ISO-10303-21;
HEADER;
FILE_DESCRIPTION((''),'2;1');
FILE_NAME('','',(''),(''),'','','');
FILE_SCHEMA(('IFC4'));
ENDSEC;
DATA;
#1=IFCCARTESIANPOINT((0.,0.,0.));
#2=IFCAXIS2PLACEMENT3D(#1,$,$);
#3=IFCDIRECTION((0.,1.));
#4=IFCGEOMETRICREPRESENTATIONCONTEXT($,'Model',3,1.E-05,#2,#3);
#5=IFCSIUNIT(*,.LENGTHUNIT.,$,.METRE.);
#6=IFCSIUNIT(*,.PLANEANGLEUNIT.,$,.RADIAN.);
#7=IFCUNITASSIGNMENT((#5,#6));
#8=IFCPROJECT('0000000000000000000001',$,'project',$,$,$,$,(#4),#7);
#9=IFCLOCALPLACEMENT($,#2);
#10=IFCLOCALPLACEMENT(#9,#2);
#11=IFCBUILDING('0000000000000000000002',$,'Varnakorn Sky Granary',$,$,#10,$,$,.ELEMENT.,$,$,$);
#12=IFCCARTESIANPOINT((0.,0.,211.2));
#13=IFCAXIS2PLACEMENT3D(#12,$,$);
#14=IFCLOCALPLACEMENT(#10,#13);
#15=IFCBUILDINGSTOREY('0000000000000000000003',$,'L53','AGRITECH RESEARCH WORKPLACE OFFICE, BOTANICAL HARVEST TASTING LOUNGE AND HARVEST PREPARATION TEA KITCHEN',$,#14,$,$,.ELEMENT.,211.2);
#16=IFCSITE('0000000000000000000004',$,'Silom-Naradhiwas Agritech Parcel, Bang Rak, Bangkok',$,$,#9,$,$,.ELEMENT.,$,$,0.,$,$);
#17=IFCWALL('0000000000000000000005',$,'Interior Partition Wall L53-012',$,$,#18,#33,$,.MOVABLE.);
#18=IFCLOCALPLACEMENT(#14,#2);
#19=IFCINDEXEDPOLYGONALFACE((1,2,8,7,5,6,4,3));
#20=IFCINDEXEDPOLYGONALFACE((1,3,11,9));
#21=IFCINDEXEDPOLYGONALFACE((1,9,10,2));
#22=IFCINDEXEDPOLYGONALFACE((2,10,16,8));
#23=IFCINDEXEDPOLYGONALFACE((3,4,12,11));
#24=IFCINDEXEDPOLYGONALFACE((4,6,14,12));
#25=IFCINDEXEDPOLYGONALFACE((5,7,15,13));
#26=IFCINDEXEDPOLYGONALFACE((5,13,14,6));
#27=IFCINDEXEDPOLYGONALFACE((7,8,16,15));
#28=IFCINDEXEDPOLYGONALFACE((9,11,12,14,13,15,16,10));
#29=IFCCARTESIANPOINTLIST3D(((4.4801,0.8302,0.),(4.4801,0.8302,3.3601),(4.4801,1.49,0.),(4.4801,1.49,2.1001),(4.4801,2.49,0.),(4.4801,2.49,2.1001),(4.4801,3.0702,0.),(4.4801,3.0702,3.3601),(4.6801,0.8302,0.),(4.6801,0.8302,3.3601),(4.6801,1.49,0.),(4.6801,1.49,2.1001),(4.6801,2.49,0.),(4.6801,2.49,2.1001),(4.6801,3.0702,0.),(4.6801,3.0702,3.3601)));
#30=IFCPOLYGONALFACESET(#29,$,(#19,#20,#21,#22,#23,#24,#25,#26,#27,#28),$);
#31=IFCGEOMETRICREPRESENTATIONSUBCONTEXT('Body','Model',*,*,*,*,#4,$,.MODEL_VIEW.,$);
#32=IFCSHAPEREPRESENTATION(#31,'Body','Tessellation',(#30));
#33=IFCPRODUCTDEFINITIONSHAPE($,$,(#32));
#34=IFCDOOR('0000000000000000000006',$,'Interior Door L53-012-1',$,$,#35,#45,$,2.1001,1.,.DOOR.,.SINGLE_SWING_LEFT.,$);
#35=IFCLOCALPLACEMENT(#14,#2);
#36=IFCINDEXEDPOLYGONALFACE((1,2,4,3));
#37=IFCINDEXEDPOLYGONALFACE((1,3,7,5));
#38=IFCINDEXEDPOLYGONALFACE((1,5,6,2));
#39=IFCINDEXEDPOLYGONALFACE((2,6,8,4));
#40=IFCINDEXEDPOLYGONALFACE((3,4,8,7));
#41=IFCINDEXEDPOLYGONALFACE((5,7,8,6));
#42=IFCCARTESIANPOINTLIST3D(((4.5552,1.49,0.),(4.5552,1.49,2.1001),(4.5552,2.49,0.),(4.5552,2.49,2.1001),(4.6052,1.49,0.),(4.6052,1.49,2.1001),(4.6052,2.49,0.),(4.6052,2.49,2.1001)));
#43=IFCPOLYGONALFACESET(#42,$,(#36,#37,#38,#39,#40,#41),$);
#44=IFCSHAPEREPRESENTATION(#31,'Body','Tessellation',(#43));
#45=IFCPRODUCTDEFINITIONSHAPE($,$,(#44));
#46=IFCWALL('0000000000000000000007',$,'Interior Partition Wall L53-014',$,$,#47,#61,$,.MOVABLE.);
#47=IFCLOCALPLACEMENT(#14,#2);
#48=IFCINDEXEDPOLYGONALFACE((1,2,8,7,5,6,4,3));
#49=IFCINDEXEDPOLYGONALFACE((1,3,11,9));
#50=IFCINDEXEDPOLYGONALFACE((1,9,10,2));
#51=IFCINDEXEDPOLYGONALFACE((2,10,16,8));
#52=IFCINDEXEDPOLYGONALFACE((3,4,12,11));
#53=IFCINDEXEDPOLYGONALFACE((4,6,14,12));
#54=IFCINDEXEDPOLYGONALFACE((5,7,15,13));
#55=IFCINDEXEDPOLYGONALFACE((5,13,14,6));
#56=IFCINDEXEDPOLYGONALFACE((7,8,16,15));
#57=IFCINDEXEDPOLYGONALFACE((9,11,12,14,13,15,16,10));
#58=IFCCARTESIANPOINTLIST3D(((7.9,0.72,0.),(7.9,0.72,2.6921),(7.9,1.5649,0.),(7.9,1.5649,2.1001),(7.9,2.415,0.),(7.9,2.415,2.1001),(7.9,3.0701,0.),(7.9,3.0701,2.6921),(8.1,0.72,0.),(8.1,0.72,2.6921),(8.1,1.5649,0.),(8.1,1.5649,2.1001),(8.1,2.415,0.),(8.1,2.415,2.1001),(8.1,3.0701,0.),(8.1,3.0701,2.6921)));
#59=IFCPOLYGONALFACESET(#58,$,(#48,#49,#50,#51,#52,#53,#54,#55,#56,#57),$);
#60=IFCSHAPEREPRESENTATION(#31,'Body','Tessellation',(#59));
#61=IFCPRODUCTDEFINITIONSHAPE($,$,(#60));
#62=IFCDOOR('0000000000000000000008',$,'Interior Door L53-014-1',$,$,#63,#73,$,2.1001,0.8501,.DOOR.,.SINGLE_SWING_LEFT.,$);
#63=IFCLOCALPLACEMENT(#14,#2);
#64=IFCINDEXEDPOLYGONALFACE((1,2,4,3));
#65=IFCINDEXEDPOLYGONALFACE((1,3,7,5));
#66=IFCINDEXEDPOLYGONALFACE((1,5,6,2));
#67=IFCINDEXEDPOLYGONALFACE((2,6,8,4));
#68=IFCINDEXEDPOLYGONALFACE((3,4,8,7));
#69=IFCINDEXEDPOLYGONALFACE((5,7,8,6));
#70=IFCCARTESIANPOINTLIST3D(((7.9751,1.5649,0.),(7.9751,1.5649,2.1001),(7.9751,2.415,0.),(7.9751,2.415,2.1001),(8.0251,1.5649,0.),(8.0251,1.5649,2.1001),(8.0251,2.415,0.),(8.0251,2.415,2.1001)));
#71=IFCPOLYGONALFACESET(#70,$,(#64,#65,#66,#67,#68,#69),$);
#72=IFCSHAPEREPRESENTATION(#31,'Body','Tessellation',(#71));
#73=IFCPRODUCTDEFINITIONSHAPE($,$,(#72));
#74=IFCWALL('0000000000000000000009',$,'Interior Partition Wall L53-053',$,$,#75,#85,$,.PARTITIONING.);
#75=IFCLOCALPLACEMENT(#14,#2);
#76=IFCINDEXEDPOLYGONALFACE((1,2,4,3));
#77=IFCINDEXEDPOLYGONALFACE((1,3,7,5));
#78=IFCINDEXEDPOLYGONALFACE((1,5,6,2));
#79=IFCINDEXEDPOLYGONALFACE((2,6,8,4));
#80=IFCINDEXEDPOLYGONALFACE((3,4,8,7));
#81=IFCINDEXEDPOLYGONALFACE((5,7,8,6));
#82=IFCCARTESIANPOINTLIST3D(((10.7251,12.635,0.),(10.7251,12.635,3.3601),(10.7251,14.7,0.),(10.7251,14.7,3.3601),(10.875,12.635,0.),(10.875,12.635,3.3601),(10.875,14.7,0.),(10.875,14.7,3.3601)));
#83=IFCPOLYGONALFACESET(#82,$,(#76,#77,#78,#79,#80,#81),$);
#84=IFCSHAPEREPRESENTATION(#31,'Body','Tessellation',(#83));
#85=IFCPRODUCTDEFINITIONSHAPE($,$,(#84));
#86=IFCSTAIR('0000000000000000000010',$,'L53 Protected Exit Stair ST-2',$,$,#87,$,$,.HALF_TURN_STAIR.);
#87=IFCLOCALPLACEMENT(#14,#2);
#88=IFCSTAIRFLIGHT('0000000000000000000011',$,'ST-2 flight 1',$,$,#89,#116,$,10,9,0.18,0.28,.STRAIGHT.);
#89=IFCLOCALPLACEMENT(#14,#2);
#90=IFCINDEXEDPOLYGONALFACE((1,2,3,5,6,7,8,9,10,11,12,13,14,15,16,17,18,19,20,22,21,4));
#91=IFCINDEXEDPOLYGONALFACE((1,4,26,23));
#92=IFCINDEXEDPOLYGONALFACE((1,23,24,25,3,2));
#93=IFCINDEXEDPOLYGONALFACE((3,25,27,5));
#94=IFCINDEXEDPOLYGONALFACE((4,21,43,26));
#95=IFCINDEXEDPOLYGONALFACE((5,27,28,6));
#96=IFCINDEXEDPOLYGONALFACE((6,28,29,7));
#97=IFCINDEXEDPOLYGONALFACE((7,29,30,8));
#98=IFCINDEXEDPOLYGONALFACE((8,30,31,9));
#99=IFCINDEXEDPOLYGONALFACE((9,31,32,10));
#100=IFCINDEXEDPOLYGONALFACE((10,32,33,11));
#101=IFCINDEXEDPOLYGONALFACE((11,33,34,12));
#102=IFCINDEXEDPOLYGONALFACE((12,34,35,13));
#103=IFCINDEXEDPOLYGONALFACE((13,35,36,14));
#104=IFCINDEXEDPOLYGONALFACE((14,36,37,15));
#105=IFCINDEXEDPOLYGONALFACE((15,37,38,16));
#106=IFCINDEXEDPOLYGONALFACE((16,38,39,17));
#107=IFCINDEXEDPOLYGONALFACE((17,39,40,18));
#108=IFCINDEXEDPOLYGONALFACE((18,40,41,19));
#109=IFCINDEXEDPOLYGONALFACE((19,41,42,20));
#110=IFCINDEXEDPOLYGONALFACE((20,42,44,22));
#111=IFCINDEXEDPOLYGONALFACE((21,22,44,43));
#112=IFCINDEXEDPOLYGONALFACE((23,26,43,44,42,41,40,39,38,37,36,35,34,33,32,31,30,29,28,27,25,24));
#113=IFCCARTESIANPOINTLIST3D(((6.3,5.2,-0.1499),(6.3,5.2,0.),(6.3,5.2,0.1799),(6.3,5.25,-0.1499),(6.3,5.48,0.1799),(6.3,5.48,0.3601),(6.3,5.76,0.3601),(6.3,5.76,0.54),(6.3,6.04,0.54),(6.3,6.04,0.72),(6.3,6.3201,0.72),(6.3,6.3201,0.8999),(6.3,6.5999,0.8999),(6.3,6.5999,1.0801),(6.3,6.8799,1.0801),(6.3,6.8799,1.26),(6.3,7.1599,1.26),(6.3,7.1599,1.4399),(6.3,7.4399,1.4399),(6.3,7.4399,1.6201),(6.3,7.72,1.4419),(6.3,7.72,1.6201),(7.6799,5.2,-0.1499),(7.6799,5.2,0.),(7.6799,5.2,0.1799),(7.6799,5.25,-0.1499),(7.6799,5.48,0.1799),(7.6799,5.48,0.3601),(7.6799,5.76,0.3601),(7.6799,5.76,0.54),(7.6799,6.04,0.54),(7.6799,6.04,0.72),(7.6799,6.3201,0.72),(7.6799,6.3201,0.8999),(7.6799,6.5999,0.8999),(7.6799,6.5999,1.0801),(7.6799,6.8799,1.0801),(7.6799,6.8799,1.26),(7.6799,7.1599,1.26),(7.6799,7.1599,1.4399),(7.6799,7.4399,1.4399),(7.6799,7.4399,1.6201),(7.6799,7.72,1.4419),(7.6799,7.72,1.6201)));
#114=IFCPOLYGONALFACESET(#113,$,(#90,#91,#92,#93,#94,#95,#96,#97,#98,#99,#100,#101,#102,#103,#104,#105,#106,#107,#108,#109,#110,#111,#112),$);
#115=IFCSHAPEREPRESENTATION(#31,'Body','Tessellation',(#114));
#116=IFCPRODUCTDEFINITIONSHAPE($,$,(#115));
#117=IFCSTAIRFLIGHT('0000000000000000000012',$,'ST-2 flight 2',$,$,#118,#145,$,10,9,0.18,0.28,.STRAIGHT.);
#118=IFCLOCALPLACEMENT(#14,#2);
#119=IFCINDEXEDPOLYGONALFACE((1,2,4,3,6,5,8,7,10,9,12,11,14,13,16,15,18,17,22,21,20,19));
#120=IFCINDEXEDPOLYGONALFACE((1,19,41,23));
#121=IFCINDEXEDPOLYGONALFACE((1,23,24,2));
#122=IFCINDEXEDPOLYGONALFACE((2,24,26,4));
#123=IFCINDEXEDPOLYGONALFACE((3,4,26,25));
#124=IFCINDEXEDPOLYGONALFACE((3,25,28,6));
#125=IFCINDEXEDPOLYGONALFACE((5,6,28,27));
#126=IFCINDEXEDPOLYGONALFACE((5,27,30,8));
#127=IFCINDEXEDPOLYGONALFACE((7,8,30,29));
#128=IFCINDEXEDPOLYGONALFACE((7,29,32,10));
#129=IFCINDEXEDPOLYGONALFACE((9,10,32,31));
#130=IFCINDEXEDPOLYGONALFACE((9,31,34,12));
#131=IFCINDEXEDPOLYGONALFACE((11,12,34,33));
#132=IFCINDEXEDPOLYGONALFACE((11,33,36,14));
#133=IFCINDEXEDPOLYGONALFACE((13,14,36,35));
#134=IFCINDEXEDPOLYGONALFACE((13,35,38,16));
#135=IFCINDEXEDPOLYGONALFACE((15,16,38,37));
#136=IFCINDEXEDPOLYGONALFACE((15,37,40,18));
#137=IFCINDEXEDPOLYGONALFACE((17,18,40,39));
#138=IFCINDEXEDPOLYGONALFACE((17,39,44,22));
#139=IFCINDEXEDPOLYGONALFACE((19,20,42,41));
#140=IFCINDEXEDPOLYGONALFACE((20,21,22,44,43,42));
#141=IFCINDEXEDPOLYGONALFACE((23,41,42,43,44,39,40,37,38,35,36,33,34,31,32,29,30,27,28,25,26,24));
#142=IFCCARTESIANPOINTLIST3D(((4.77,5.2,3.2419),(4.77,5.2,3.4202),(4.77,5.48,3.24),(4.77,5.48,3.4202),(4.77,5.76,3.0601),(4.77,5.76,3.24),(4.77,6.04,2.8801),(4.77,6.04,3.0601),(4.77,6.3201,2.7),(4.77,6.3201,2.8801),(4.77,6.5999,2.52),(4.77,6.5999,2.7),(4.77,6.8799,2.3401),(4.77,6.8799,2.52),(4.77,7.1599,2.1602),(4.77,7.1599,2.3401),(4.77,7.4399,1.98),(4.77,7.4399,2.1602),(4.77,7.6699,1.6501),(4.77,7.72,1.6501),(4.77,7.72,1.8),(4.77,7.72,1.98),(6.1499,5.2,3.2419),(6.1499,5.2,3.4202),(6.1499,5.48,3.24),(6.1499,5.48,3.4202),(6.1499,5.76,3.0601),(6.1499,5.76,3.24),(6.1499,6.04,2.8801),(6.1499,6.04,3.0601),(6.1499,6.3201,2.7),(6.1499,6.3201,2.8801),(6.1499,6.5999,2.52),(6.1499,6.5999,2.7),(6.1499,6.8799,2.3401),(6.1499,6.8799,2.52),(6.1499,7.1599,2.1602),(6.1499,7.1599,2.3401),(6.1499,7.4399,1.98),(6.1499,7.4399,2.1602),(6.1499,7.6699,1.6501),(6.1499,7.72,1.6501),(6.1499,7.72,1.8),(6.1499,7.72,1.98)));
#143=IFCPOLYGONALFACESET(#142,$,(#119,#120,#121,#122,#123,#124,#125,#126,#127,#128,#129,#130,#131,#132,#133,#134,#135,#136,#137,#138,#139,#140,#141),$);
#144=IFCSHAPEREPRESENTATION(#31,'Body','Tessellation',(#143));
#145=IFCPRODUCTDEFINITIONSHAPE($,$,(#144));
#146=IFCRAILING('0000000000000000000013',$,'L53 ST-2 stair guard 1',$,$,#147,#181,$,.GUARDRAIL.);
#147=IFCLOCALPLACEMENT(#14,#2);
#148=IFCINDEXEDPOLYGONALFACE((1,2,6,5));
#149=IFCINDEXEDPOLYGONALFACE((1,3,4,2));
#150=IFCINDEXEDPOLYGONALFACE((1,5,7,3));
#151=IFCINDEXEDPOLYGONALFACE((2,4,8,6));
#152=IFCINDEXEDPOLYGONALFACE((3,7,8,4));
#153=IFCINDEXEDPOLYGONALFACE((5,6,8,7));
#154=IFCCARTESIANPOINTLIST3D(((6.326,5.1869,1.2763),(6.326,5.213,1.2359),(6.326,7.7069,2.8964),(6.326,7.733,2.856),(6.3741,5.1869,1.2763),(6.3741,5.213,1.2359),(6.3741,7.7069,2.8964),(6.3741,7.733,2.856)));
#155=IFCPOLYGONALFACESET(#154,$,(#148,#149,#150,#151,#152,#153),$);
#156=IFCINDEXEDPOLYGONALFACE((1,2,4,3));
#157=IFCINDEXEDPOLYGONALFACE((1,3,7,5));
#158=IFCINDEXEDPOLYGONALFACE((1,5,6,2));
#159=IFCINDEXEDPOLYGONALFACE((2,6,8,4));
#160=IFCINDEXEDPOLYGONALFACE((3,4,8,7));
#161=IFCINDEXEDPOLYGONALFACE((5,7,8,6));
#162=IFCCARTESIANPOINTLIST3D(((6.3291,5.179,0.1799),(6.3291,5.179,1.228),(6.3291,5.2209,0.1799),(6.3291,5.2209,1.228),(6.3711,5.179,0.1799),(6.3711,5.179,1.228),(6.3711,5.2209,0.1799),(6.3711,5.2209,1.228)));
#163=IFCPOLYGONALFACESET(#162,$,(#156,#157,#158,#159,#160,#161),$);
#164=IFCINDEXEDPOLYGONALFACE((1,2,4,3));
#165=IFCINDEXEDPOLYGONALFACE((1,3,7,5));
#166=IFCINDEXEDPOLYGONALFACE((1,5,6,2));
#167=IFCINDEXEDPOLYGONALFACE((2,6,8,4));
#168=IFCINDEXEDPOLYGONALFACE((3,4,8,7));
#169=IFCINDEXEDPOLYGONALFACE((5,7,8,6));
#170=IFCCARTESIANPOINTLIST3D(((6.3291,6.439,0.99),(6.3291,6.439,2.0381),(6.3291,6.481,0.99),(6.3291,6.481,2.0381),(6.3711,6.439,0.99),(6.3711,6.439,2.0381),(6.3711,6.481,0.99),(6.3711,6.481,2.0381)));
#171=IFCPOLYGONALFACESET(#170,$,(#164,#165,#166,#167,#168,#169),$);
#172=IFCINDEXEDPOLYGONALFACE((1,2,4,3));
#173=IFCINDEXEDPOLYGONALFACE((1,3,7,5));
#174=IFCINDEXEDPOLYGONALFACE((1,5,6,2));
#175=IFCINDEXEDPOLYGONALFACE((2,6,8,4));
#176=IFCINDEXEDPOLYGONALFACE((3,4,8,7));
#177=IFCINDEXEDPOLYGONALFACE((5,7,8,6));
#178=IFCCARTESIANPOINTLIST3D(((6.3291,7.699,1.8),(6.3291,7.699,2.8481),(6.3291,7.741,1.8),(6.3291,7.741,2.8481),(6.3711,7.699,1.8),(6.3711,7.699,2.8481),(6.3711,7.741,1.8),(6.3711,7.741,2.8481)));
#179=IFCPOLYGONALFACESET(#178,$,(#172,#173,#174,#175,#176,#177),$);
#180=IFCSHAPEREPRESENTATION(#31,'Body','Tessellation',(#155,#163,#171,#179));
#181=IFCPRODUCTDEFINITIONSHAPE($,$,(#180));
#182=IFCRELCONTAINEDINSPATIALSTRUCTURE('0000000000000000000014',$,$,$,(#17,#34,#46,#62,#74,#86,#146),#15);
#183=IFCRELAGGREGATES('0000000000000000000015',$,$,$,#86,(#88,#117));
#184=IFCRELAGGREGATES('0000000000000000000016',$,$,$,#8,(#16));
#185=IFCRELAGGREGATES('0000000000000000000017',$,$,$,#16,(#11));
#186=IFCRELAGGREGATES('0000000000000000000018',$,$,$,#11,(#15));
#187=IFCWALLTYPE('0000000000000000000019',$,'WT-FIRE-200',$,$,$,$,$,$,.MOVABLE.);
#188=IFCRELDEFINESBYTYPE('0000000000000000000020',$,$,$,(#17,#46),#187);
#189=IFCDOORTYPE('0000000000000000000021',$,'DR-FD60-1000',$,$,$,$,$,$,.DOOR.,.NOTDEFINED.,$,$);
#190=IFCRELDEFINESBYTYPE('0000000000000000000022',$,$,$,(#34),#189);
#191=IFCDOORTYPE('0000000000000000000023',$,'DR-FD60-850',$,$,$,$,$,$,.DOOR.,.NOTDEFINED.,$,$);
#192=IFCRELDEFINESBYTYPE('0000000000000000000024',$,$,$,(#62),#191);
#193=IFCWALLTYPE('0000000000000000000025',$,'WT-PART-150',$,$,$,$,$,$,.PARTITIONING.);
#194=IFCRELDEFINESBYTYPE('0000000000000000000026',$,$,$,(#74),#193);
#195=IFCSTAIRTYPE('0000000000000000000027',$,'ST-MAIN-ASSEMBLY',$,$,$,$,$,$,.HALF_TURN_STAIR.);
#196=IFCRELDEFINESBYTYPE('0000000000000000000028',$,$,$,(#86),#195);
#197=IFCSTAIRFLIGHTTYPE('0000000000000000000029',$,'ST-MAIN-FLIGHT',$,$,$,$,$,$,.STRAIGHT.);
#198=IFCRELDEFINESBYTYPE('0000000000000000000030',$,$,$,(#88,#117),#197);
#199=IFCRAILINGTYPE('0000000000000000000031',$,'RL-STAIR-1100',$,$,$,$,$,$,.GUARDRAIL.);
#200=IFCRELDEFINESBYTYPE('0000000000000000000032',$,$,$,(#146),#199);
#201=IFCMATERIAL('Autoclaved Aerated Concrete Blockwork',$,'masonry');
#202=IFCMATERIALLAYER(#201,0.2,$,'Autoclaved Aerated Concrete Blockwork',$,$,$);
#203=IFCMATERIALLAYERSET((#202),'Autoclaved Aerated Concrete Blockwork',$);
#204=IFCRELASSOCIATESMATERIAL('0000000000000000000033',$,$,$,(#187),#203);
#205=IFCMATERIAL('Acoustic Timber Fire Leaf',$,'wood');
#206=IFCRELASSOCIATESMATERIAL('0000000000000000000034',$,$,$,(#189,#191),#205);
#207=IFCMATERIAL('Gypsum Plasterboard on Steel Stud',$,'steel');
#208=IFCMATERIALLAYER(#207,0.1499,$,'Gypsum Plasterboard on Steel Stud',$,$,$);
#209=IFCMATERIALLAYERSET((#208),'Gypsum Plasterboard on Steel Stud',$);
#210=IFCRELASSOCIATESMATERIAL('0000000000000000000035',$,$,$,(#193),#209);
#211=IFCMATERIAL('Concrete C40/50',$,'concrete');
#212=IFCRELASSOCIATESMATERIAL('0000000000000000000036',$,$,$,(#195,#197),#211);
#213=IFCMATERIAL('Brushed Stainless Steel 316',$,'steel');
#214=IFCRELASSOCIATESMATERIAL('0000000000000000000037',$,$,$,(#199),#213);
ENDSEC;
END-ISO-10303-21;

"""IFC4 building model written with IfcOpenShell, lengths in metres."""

from ifc_helpers import new_model, si_unit, direction, frame, frame_2d, origin, origin_2d, place, context, subcontext, project, spatial, polyline, rectangle, outline, extrude, material, layer, layer_set, type_object, element, fill, aggregate, save


model = new_model("IFC4")

# Units and contexts
model_context = context("Model", 3, precision=1e-05, world=origin(), true_north=direction((0.0, 1.0)))
body_context = subcontext(model_context, "Body", "Model", "MODEL_VIEW")
ifc_project = project(units=[si_unit("LENGTHUNIT", "METRE"), si_unit("PLANEANGLEUNIT", "RADIAN")], contexts=[model_context])

# Site, building, storey
site_placement = place(None, origin())
site = spatial("IfcSite", under=ifc_project, at=site_placement, Name="Silom-Naradhiwas Agritech Parcel, Bang Rak, Bangkok", CompositionType="ELEMENT", RefElevation=0.0)
building_placement = place(site_placement, origin())
building = spatial("IfcBuilding", under=site, at=building_placement, Name="Varnakorn Sky Granary", CompositionType="ELEMENT")
storey_placement = place(building_placement, frame((0.0, 0.0, 211.2)))
storey = spatial("IfcBuildingStorey", under=building, at=storey_placement, Name="L53", Description="AGRITECH RESEARCH WORKPLACE OFFICE, BOTANICAL HARVEST TASTING LOUNGE AND HARVEST PREPARATION TEA KITCHEN", CompositionType="ELEMENT", Elevation=211.2)

# Walls, openings, doors
ifc_material_1 = material(Name="Autoclaved Aerated Concrete Blockwork", Category="masonry")
ifc_layer_1 = layer(ifc_material_1, 0.2, Name="Autoclaved Aerated Concrete Blockwork")
ifc_layer_set_1 = layer_set([ifc_layer_1], Name="Autoclaved Aerated Concrete Blockwork")
wall_type_1 = type_object("IfcWallType", Name="WT-FIRE-200", PredefinedType="MOVABLE", material=ifc_layer_set_1)
wall_1_placement = place(storey_placement, frame((4.5801, 0.8301, 0.0), z_axis=(0.0, 0.0, 1.0), x_axis=(0.0, 1.0, 0.0)))
wall_1 = element("IfcWall", 1, at=wall_1_placement, inside=storey, type_object=wall_type_1, Name="Interior Partition Wall L53-012", PredefinedType="MOVABLE", context=body_context, shape_type="SweptSolid", body=[
    extrude(rectangle(XDim=2.24, YDim=0.2, at=frame_2d((1.1201, 0.0))), origin(), (0.0, 0.0, 1.0), 3.3601),
])
opening_1_placement = place(wall_1_placement, frame((0.6599, 0.0, 0.0)))
opening_1 = element("IfcOpeningElement", 2, at=opening_1_placement, cuts=wall_1, PredefinedType="OPENING", context=body_context, shape_type="SweptSolid", body=[
    extrude(rectangle(XDim=1.0, YDim=2.1001, at=frame_2d((0.5, 1.05))), frame((0.0, 0.1099, 0.0), z_axis=(0.0, -1.0, 0.0), x_axis=(1.0, 0.0, 0.0)), (0.0, 0.0, 1.0), 0.22),
])
ifc_material_2 = material(Name="Acoustic Timber Fire Leaf", Category="wood")
door_type_1 = type_object("IfcDoorType", Name="DR-FD60-1000", OperationType="NOTDEFINED", PredefinedType="DOOR", material=ifc_material_2)
door_1_placement = place(opening_1_placement, origin())
door_1 = element("IfcDoor", 3, at=door_1_placement, inside=storey, type_object=door_type_1, Name="Interior Door L53-012-1", OperationType="SINGLE_SWING_LEFT", OverallHeight=2.1001, OverallWidth=1.0, PredefinedType="DOOR", context=body_context, shape_type="SweptSolid", body=[
    extrude(rectangle(XDim=1.0, YDim=2.1001, at=frame_2d((0.5, 1.05))), frame((0.0, 0.0249, 0.0), z_axis=(0.0, -1.0, 0.0), x_axis=(1.0, 0.0, 0.0)), (0.0, 0.0, 1.0), 0.05),
])
fill(opening_1, door_1)
wall_2_placement = place(storey_placement, frame((8.0, 0.72, 0.0), z_axis=(0.0, 0.0, 1.0), x_axis=(0.0, 1.0, 0.0)))
wall_2 = element("IfcWall", 4, at=wall_2_placement, inside=storey, type_object=wall_type_1, Name="Interior Partition Wall L53-014", PredefinedType="MOVABLE", context=body_context, shape_type="SweptSolid", body=[
    extrude(rectangle(XDim=2.3501, YDim=0.2, at=frame_2d((1.175, 0.0))), origin(), (0.0, 0.0, 1.0), 2.6921),
])
opening_2_placement = place(wall_2_placement, frame((0.845, 0.0, 0.0)))
opening_2 = element("IfcOpeningElement", 5, at=opening_2_placement, cuts=wall_2, PredefinedType="OPENING", context=body_context, shape_type="SweptSolid", body=[
    extrude(rectangle(XDim=0.8501, YDim=2.1001, at=frame_2d((0.425, 1.05))), frame((0.0, 0.1099, 0.0), z_axis=(0.0, -1.0, 0.0), x_axis=(1.0, 0.0, 0.0)), (0.0, 0.0, 1.0), 0.22),
])
door_type_2 = type_object("IfcDoorType", Name="DR-FD60-850", OperationType="NOTDEFINED", PredefinedType="DOOR", material=ifc_material_2)
door_2_placement = place(opening_2_placement, origin())
door_2 = element("IfcDoor", 6, at=door_2_placement, inside=storey, type_object=door_type_2, Name="Interior Door L53-014-1", OperationType="SINGLE_SWING_LEFT", OverallHeight=2.1001, OverallWidth=0.8501, PredefinedType="DOOR", context=body_context, shape_type="SweptSolid", body=[
    extrude(rectangle(XDim=0.8501, YDim=2.1001, at=frame_2d((0.425, 1.05))), frame((0.0, 0.0249, 0.0), z_axis=(0.0, -1.0, 0.0), x_axis=(1.0, 0.0, 0.0)), (0.0, 0.0, 1.0), 0.05),
])
fill(opening_2, door_2)

# Wall
ifc_material_3 = material(Name="Gypsum Plasterboard on Steel Stud", Category="steel")
ifc_layer_2 = layer(ifc_material_3, 0.1499, Name="Gypsum Plasterboard on Steel Stud")
ifc_layer_set_2 = layer_set([ifc_layer_2], Name="Gypsum Plasterboard on Steel Stud")
wall_type_2 = type_object("IfcWallType", Name="WT-PART-150", PredefinedType="PARTITIONING", material=ifc_layer_set_2)
wall_3_placement = place(storey_placement, frame((10.8, 12.635, 0.0), z_axis=(0.0, 0.0, 1.0), x_axis=(0.0, 1.0, 0.0)))
element("IfcWall", 7, at=wall_3_placement, inside=storey, type_object=wall_type_2, Name="Interior Partition Wall L53-053", PredefinedType="PARTITIONING", context=body_context, shape_type="SweptSolid", body=[
    extrude(rectangle(XDim=2.0649, YDim=0.1499, at=frame_2d((1.0325, 0.0))), origin(), (0.0, 0.0, 1.0), 3.3601),
])

# Stair, stair flights
ifc_material_4 = material(Name="Concrete C40/50", Category="concrete")
stair_type = type_object("IfcStairType", Name="ST-MAIN-ASSEMBLY", PredefinedType="HALF_TURN_STAIR", material=ifc_material_4)
stair_placement = place(storey_placement, origin())
stair = element("IfcStair", 8, at=stair_placement, inside=storey, type_object=stair_type, Name="L53 Protected Exit Stair ST-2", PredefinedType="HALF_TURN_STAIR")
stair_flight_type = type_object("IfcStairFlightType", Name="ST-MAIN-FLIGHT", PredefinedType="STRAIGHT", material=ifc_material_4)
stair_flight_1_placement = place(storey_placement, frame((6.99, 5.2, 0.0), z_axis=(0.0, 0.0, 1.0), x_axis=(0.0, 1.0, 0.0)))
stair_flight_1 = element("IfcStairFlight", 9, at=stair_flight_1_placement, type_object=stair_flight_type, Name="ST-2 flight 1", NumberOfRisers=10, NumberOfTreads=9, PredefinedType="STRAIGHT", RiserHeight=0.18, TreadLength=0.28, context=body_context, shape_type="SweptSolid", body=[
    extrude(outline(polyline([(0.0, -0.1499), (0.0, 0.0), (0.0, 0.1799), (0.28, 0.1799), (0.28, 0.3601), (0.5601, 0.3601), (0.5601, 0.54), (0.8401, 0.54), (0.8401, 0.72), (1.1201, 0.72), (1.1201, 0.8999), (1.3999, 0.8999), (1.3999, 1.0801), (1.6799, 1.0801), (1.6799, 1.26), (1.96, 1.26), (1.96, 1.4399), (2.24, 1.4399), (2.24, 1.6201), (2.52, 1.6201), (2.52, 1.8), (2.52, 1.4419), (0.05, -0.1499), (0.0, -0.1499)])), frame((0.0, 0.6899, 0.0), z_axis=(0.0, -1.0, 0.0), x_axis=(1.0, 0.0, 0.0)), (0.0, 0.0, 1.0), 1.3799),
])
stair_flight_2_placement = place(storey_placement, frame((5.46, 7.72, 1.8), z_axis=(0.0, 0.0, 1.0), x_axis=(0.0, -1.0, 0.0)))
stair_flight_2 = element("IfcStairFlight", 10, at=stair_flight_2_placement, type_object=stair_flight_type, Name="ST-2 flight 2", NumberOfRisers=10, NumberOfTreads=9, PredefinedType="STRAIGHT", RiserHeight=0.18, TreadLength=0.28, context=body_context, shape_type="SweptSolid", body=[
    extrude(outline(polyline([(0.0, -0.1499), (0.0, 0.0), (0.0, 0.1799), (0.28, 0.1799), (0.28, 0.3601), (0.5601, 0.3601), (0.5601, 0.54), (0.8401, 0.54), (0.8401, 0.72), (1.1201, 0.72), (1.1201, 0.8999), (1.3999, 0.8999), (1.3999, 1.0801), (1.6799, 1.0801), (1.6799, 1.26), (1.96, 1.26), (1.96, 1.4399), (2.24, 1.4399), (2.24, 1.6201), (2.52, 1.6201), (2.52, 1.8), (2.52, 1.4419), (0.05, -0.1499), (0.0, -0.1499)])), frame((0.0, 0.6899, 0.0), z_axis=(0.0, -1.0, 0.0), x_axis=(1.0, 0.0, 0.0)), (0.0, 0.0, 1.0), 1.3799),
])
aggregate(stair, [stair_flight_1, stair_flight_2])

# Railing
ifc_material_5 = material(Name="Brushed Stainless Steel 316", Category="steel")
railing_type_1 = type_object("IfcRailingType", Name="RL-STAIR-1100", PredefinedType="GUARDRAIL", material=ifc_material_5)
railing_1_placement = place(storey_placement, frame((6.3501, 5.2, 0.1799)))
element("IfcRailing", 11, at=railing_1_placement, inside=storey, type_object=railing_type_1, Name="L53 ST-2 stair guard 1", PredefinedType="GUARDRAIL", context=body_context, shape_type="SweptSolid", body=[
    extrude(rectangle(XDim=0.0481, YDim=0.0481, at=origin_2d()), frame((0.0, 0.0, 1.0762), z_axis=(0.0, 0.841163, 0.540782), x_axis=(-1.0, 0.0, 0.0)), (0.0, 0.0, 1.0), 2.9958),
    extrude(rectangle(XDim=0.042, YDim=0.042, at=origin_2d()), origin(), (0.0, 0.0, 1.0), 1.0481),
    extrude(rectangle(XDim=0.042, YDim=0.042, at=origin_2d()), frame((0.0, 1.26, 0.8101)), (0.0, 0.0, 1.0), 1.0481),
    extrude(rectangle(XDim=0.042, YDim=0.042, at=origin_2d()), frame((0.0, 2.52, 1.6201)), (0.0, 0.0, 1.0), 1.0481),
])

save(model, "model.ifc")
